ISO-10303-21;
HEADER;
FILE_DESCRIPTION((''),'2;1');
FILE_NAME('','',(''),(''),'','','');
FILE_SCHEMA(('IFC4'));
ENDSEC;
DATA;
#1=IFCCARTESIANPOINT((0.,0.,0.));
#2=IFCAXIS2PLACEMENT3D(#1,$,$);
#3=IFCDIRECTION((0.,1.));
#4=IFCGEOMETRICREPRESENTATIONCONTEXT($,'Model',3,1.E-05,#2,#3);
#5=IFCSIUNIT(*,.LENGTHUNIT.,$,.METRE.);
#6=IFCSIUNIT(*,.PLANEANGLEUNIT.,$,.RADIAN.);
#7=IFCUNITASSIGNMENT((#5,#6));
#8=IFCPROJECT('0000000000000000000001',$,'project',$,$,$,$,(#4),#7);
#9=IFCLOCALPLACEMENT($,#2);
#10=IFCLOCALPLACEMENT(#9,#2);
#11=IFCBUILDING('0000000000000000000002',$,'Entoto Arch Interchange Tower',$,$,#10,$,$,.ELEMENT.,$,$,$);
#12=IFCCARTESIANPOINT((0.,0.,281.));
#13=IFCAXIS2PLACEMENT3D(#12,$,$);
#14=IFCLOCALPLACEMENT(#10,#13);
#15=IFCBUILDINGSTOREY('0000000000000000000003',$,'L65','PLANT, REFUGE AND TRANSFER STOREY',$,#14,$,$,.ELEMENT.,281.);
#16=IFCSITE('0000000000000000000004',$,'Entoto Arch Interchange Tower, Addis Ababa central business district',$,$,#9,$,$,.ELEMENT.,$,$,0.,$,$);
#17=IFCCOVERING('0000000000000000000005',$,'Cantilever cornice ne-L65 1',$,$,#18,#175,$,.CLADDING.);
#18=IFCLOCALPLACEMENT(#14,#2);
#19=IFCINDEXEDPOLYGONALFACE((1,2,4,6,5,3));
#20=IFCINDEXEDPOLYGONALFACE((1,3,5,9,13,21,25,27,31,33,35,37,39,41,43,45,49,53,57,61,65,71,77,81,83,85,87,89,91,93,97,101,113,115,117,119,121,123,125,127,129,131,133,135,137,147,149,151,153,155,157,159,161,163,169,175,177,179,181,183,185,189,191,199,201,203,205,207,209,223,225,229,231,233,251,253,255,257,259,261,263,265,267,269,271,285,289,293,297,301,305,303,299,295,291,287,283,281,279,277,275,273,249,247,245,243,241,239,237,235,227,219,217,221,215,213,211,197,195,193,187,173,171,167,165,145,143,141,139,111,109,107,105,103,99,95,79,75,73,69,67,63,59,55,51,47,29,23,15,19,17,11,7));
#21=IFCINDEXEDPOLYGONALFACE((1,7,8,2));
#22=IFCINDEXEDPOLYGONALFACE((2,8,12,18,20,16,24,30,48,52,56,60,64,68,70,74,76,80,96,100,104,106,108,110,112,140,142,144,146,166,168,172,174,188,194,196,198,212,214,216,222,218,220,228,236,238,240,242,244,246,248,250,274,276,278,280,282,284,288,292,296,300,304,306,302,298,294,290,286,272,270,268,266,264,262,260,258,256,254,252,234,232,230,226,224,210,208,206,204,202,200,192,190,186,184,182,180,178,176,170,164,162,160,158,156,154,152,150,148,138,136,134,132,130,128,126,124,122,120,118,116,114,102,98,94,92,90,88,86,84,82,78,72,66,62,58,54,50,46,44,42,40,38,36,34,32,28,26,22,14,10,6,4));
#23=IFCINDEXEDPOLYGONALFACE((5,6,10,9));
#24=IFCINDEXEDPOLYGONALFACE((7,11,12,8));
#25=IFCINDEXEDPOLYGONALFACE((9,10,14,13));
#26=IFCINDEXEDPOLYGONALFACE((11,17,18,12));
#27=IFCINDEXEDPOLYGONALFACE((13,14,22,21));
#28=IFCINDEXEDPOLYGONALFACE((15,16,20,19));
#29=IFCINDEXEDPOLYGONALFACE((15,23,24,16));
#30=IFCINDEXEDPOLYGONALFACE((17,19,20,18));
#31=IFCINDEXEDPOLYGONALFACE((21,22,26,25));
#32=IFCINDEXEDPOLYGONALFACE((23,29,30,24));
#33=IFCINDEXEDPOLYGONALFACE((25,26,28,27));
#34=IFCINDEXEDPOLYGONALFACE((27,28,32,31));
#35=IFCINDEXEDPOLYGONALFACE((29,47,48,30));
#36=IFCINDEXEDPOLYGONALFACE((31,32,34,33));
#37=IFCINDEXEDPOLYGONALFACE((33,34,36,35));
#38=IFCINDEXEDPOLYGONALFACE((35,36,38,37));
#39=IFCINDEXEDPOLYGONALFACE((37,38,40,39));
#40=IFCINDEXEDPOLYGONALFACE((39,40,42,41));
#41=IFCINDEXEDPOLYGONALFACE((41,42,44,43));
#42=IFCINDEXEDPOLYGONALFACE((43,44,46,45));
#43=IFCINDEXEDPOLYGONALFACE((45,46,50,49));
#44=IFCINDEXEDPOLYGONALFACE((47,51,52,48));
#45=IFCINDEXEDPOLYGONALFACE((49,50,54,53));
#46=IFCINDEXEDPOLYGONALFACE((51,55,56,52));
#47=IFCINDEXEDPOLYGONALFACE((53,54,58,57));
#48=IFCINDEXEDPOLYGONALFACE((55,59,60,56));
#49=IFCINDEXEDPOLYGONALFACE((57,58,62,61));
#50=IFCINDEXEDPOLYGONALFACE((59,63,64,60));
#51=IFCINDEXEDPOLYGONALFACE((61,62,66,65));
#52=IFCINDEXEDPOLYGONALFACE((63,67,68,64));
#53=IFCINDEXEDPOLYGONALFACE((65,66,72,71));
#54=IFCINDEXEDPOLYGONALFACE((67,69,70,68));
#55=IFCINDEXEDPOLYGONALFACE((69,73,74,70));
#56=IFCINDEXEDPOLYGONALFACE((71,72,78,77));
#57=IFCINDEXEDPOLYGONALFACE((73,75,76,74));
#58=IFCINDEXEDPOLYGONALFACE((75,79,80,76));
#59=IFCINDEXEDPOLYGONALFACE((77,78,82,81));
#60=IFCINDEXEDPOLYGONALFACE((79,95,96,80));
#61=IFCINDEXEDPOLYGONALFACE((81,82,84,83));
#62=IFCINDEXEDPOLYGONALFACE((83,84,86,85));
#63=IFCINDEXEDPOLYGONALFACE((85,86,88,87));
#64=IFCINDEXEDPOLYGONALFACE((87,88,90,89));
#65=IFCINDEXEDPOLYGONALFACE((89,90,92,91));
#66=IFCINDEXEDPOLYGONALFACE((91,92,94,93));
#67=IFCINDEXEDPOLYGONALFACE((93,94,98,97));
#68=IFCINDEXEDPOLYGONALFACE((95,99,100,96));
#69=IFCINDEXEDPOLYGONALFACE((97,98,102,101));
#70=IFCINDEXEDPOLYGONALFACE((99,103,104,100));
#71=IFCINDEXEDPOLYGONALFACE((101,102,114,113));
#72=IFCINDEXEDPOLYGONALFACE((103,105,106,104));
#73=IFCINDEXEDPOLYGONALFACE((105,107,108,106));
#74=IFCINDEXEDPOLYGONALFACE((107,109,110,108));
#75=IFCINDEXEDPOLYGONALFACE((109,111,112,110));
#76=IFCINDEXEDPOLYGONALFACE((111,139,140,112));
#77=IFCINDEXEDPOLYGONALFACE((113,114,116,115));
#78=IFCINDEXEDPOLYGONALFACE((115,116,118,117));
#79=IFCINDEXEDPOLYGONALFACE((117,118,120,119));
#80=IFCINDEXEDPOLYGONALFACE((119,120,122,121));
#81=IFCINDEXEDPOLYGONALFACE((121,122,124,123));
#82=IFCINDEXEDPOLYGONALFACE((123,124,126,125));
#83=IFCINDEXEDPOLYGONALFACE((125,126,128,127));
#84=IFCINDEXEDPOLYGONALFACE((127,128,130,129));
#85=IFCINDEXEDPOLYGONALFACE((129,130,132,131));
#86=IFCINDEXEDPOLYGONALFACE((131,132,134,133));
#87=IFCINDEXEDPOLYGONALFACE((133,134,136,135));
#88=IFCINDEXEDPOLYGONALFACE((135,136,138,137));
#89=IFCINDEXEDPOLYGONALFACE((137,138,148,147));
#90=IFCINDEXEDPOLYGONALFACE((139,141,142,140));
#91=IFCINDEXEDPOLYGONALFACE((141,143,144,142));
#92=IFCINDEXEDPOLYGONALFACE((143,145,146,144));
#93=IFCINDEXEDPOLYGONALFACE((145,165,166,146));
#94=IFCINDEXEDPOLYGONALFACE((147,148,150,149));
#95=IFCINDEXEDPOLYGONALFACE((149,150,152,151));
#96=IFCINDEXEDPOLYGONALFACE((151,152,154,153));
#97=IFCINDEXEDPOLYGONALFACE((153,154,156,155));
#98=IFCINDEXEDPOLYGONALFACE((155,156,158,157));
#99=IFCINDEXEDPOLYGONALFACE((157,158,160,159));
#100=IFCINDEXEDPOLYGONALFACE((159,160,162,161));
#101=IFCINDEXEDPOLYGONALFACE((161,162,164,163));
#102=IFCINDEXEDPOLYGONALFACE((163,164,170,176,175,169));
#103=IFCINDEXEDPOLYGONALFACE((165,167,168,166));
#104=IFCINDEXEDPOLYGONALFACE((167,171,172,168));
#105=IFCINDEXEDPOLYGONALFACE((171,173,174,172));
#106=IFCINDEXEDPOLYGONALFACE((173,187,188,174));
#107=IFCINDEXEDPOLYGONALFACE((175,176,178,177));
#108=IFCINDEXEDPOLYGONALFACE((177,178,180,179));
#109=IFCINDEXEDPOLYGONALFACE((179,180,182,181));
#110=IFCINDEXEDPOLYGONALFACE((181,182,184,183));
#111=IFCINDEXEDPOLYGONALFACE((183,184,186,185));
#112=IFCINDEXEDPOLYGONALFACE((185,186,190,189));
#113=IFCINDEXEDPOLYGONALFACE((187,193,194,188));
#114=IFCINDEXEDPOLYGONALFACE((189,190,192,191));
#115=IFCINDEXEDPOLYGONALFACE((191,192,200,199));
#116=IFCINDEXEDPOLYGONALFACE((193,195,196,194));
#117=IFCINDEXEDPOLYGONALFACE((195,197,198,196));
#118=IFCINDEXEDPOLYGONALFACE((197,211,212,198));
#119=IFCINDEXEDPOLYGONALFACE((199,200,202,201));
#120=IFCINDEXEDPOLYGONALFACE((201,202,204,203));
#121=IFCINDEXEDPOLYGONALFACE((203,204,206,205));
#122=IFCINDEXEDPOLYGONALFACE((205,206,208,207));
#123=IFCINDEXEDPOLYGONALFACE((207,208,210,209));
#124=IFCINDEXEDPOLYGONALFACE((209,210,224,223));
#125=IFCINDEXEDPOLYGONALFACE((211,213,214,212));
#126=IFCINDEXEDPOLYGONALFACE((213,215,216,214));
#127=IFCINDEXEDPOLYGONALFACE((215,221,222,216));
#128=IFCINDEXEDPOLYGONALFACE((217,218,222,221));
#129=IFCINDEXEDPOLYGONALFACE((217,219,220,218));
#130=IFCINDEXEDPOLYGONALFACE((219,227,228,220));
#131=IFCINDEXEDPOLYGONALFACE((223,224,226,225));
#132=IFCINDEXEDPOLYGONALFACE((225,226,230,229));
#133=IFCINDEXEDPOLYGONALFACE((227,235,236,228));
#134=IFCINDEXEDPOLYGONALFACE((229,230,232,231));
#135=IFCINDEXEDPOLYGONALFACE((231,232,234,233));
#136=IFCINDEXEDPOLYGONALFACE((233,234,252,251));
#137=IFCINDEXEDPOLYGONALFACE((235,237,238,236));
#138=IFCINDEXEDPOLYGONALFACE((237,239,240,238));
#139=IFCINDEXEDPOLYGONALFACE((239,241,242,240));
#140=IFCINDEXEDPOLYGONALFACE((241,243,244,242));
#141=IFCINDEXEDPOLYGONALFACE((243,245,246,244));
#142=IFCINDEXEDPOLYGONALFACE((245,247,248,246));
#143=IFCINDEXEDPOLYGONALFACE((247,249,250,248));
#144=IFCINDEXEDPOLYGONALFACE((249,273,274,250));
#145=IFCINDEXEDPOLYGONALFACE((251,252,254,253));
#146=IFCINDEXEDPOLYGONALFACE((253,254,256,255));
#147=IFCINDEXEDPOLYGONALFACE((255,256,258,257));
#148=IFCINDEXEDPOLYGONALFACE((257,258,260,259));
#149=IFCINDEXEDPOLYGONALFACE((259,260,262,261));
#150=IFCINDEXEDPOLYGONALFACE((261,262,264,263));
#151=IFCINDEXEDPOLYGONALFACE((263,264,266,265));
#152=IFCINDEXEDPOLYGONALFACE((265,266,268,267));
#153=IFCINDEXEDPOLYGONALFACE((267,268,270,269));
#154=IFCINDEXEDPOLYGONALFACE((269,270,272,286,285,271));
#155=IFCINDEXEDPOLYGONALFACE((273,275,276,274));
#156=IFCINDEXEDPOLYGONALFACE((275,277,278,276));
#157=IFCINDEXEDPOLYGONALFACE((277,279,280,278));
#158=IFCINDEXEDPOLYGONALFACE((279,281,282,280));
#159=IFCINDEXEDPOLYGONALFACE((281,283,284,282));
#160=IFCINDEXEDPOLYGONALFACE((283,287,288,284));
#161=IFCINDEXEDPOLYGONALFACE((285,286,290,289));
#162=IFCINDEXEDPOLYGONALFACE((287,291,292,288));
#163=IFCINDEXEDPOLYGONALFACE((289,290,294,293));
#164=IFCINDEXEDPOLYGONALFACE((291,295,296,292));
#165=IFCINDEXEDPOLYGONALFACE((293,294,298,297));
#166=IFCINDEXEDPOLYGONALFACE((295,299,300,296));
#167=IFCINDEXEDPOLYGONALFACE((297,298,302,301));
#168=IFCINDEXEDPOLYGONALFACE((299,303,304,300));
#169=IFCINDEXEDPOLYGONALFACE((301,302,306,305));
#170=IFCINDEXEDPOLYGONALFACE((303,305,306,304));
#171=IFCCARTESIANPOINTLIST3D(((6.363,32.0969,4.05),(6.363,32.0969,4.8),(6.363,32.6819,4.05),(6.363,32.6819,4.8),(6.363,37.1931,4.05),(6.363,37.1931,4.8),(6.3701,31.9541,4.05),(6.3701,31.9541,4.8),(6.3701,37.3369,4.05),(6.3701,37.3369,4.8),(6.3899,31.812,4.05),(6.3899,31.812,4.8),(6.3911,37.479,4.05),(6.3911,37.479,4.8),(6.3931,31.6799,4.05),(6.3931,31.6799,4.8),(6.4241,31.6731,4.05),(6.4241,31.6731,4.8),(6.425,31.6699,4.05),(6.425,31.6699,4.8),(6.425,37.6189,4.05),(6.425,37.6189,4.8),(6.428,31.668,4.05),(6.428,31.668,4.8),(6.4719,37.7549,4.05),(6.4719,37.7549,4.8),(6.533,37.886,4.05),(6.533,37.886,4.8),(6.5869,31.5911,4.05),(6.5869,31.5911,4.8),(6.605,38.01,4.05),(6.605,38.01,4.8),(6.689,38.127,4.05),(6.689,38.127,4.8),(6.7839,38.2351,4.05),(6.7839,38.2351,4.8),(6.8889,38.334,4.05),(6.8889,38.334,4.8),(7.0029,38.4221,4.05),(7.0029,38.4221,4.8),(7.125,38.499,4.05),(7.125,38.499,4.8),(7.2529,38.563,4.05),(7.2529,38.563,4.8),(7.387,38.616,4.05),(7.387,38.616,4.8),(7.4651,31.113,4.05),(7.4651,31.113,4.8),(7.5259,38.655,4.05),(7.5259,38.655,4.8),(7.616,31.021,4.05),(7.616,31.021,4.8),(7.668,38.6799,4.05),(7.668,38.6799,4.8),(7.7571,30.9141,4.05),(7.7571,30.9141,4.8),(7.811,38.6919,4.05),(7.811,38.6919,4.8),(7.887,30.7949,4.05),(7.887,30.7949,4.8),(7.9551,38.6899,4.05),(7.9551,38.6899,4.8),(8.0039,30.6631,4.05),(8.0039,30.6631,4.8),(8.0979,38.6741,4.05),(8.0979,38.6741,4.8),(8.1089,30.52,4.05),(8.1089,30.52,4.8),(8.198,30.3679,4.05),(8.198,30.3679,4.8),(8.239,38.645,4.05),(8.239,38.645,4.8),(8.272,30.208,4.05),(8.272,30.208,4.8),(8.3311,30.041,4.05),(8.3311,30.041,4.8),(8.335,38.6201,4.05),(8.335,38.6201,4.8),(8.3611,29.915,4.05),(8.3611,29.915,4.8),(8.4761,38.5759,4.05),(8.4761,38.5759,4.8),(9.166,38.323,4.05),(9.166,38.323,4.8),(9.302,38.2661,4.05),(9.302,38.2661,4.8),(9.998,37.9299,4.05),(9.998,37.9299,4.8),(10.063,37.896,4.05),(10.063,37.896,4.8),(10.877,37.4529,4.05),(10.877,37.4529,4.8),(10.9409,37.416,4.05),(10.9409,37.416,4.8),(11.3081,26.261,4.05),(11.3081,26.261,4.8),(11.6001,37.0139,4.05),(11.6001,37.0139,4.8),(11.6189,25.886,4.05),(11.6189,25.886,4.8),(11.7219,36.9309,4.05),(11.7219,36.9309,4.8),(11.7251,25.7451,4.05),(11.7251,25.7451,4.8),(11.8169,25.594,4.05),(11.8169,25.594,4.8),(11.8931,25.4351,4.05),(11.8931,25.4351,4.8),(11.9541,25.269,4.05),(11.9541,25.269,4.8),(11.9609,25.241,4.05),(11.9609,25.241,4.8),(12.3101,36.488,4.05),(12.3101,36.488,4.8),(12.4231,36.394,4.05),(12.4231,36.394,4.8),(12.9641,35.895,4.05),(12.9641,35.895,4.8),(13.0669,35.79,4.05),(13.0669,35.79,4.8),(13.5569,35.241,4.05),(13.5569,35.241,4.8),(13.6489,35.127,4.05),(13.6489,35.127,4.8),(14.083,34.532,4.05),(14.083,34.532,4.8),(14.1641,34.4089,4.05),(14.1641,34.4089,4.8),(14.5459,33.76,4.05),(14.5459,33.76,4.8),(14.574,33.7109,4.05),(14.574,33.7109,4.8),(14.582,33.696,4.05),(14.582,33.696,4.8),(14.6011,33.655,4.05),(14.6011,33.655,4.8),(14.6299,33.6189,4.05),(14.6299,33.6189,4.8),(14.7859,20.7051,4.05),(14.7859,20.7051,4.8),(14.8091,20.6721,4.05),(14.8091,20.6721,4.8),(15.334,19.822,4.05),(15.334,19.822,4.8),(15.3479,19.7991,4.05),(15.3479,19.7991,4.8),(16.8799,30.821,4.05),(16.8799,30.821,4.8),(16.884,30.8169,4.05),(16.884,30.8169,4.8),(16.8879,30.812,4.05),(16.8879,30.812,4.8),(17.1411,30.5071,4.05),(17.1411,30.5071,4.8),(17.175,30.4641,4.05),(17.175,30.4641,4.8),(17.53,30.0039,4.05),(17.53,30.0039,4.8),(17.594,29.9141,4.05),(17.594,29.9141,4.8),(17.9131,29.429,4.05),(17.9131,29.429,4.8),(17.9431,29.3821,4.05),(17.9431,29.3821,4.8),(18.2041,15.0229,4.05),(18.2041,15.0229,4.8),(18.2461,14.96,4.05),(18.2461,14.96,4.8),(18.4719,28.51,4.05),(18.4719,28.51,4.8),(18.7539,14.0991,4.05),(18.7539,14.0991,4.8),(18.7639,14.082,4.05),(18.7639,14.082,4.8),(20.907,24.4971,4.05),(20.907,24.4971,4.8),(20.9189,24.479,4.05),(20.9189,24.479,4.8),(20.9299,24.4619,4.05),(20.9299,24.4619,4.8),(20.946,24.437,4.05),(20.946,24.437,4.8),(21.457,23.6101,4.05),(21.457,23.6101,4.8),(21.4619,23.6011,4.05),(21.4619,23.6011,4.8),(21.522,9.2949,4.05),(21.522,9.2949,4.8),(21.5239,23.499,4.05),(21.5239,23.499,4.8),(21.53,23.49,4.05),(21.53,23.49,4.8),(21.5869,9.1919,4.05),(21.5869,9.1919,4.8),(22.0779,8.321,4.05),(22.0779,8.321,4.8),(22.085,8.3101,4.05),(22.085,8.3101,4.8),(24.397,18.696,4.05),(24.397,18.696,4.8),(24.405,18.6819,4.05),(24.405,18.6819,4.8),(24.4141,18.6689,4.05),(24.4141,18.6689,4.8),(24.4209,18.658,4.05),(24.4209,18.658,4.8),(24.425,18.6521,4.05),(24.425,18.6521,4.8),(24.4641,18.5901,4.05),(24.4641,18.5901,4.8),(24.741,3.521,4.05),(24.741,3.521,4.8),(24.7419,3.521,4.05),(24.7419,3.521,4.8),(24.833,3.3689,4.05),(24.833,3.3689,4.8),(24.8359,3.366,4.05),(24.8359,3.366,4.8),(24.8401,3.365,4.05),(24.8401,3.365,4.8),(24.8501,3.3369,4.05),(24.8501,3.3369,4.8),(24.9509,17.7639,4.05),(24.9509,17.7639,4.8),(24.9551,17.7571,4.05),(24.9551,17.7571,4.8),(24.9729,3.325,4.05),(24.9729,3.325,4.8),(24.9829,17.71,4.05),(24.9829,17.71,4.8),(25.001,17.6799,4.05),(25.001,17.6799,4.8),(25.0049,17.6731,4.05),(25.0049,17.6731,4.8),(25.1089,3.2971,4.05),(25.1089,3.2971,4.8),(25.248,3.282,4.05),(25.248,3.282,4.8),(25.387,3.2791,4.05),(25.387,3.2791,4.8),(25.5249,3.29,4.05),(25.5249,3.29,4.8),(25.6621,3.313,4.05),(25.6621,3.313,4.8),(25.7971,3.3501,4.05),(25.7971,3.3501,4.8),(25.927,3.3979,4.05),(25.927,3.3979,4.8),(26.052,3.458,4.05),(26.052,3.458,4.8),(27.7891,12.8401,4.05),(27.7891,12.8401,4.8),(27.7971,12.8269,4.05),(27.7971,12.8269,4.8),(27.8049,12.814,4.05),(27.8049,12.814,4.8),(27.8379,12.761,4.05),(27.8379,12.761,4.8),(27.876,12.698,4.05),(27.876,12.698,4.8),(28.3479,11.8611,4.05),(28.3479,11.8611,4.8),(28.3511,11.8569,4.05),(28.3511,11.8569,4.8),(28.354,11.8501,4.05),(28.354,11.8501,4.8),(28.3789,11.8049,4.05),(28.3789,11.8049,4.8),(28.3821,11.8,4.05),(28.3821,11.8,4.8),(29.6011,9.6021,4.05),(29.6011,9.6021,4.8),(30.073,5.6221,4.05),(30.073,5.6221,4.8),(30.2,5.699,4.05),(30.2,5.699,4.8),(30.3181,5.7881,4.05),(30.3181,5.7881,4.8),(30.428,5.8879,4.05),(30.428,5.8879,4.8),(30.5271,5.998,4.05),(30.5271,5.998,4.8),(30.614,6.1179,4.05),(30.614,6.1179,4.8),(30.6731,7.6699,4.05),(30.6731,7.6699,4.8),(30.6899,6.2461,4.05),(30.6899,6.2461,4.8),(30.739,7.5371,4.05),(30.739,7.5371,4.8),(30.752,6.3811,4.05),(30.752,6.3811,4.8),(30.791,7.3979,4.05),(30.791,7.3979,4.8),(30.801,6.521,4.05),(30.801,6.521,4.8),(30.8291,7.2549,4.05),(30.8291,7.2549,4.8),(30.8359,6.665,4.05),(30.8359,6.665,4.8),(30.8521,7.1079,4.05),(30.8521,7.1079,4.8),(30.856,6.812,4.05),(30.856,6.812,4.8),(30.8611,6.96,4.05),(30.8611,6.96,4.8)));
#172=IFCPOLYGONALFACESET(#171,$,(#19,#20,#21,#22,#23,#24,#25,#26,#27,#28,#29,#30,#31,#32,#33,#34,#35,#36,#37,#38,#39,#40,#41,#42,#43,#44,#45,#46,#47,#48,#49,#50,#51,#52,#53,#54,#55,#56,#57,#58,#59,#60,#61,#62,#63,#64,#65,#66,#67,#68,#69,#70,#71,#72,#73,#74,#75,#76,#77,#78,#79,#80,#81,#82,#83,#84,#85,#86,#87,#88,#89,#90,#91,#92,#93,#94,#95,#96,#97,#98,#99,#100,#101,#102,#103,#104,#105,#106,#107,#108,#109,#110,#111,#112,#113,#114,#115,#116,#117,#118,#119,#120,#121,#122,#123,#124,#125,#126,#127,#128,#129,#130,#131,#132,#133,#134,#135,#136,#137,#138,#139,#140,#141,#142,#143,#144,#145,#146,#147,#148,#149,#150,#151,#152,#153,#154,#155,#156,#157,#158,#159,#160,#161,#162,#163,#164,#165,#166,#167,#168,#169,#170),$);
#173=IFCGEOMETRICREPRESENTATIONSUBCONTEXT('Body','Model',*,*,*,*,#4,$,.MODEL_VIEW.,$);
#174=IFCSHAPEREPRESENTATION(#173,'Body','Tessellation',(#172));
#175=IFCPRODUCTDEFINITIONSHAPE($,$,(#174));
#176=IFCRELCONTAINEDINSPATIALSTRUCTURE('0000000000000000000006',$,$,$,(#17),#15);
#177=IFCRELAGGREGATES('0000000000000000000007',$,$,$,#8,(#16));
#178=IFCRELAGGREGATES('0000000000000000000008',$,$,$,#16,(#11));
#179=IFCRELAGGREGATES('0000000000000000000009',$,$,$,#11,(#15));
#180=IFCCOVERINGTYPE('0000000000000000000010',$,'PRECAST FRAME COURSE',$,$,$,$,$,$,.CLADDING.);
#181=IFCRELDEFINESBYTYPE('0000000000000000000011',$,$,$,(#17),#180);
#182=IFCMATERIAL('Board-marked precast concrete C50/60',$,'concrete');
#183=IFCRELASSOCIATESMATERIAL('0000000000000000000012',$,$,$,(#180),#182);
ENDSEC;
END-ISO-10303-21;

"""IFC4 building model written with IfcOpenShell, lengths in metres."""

from ifc_helpers import new_model, si_unit, direction, frame, origin, place, context, subcontext, project, spatial, polyline, outline, extrude, material, type_object, element, save


model = new_model("IFC4")

# Units and contexts
model_context = context("Model", 3, precision=1e-05, world=origin(), true_north=direction((0.0, 1.0)))
body_context = subcontext(model_context, "Body", "Model", "MODEL_VIEW")
ifc_project = project(units=[si_unit("LENGTHUNIT", "METRE"), si_unit("PLANEANGLEUNIT", "RADIAN")], contexts=[model_context])

# Site, building, storey
site_placement = place(None, origin())
site = spatial("IfcSite", under=ifc_project, at=site_placement, Name="Entoto Arch Interchange Tower, Addis Ababa central business district", CompositionType="ELEMENT", RefElevation=0.0)
building_placement = place(site_placement, origin())
building = spatial("IfcBuilding", under=site, at=building_placement, Name="Entoto Arch Interchange Tower", CompositionType="ELEMENT")
storey_placement = place(building_placement, frame((0.0, 0.0, 281.0)))
storey = spatial("IfcBuildingStorey", under=building, at=storey_placement, Name="L65", Description="PLANT, REFUGE AND TRANSFER STOREY", CompositionType="ELEMENT", Elevation=281.0)

# Covering
ifc_material_1 = material(Name="Board-marked precast concrete C50/60", Category="concrete")
covering_type = type_object("IfcCoveringType", Name="PRECAST FRAME COURSE", PredefinedType="CLADDING", material=ifc_material_1)
covering_1_placement = place(storey_placement, frame((0.0, 0.0, 4.05)))
element("IfcCovering", 1, at=covering_1_placement, inside=storey, type_object=covering_type, Name="Cantilever cornice ne-L65 1", PredefinedType="CLADDING", context=body_context, shape_type="SweptSolid", body=[
    extrude(outline(polyline([(6.3899, 31.812), (6.3701, 31.9541), (6.363, 32.0969), (6.363, 32.6819), (6.363, 37.1931), (6.3701, 37.3369), (6.3911, 37.479), (6.425, 37.6189), (6.4719, 37.7549), (6.533, 37.886), (6.605, 38.01), (6.689, 38.127), (6.7839, 38.2351), (6.8889, 38.334), (7.0029, 38.4221), (7.125, 38.499), (7.2529, 38.563), (7.387, 38.616), (7.5259, 38.655), (7.668, 38.6799), (7.811, 38.6919), (7.9551, 38.6899), (8.0979, 38.6741), (8.239, 38.645), (8.335, 38.6201), (8.4761, 38.5759), (9.166, 38.323), (9.302, 38.2661), (9.998, 37.9299), (10.063, 37.896), (10.877, 37.4529), (10.9409, 37.416), (11.6001, 37.0139), (11.7219, 36.9309), (12.3101, 36.488), (12.4231, 36.394), (12.9641, 35.895), (13.0669, 35.79), (13.5569, 35.241), (13.6489, 35.127), (14.083, 34.532), (14.1641, 34.4089), (14.5459, 33.76), (14.574, 33.7109), (14.582, 33.696), (14.6011, 33.655), (14.6299, 33.6189), (16.8799, 30.821), (16.884, 30.8169), (16.8879, 30.812), (17.1411, 30.5071), (17.175, 30.4641), (17.53, 30.0039), (17.594, 29.9141), (17.9131, 29.429), (17.9431, 29.3821), (18.4719, 28.51), (20.907, 24.4971), (20.9189, 24.479), (20.9299, 24.4619), (20.946, 24.437), (21.457, 23.6101), (21.4619, 23.6011), (21.5239, 23.499), (21.53, 23.49), (24.397, 18.696), (24.405, 18.6819), (24.4141, 18.6689), (24.4209, 18.658), (24.425, 18.6521), (24.4641, 18.5901), (24.9509, 17.7639), (24.9551, 17.7571), (24.9829, 17.71), (25.001, 17.6799), (25.0049, 17.6731), (27.7891, 12.8401), (27.7971, 12.8269), (27.8049, 12.814), (27.8379, 12.761), (27.876, 12.698), (28.3479, 11.8611), (28.3511, 11.8569), (28.354, 11.8501), (28.3789, 11.8049), (28.3821, 11.8), (29.6011, 9.6021), (30.6731, 7.6699), (30.739, 7.5371), (30.791, 7.3979), (30.8291, 7.2549), (30.8521, 7.1079), (30.8611, 6.96), (30.856, 6.812), (30.8359, 6.665), (30.801, 6.521), (30.752, 6.3811), (30.6899, 6.2461), (30.614, 6.1179), (30.5271, 5.998), (30.428, 5.8879), (30.3181, 5.7881), (30.2, 5.699), (30.073, 5.6221), (26.052, 3.458), (25.927, 3.3979), (25.7971, 3.3501), (25.6621, 3.313), (25.5249, 3.29), (25.387, 3.2791), (25.248, 3.282), (25.1089, 3.2971), (24.9729, 3.325), (24.8401, 3.365), (24.8359, 3.366), (24.8501, 3.3369), (24.833, 3.3689), (24.7419, 3.521), (24.741, 3.521), (22.085, 8.3101), (22.0779, 8.321), (21.5869, 9.1919), (21.522, 9.2949), (18.7639, 14.082), (18.7539, 14.0991), (18.2461, 14.96), (18.2041, 15.0229), (15.3479, 19.7991), (15.334, 19.822), (14.8091, 20.6721), (14.7859, 20.7051), (11.9609, 25.241), (11.9541, 25.269), (11.8931, 25.4351), (11.8169, 25.594), (11.7251, 25.7451), (11.6189, 25.886), (11.3081, 26.261), (8.3611, 29.915), (8.3311, 30.041), (8.272, 30.208), (8.198, 30.3679), (8.1089, 30.52), (8.0039, 30.6631), (7.887, 30.7949), (7.7571, 30.9141), (7.616, 31.021), (7.4651, 31.113), (6.5869, 31.5911), (6.428, 31.668), (6.3931, 31.6799), (6.425, 31.6699), (6.4241, 31.6731), (6.3899, 31.812)])), origin(), (0.0, 0.0, 1.0), 0.75),
])

save(model, "model.ifc")
